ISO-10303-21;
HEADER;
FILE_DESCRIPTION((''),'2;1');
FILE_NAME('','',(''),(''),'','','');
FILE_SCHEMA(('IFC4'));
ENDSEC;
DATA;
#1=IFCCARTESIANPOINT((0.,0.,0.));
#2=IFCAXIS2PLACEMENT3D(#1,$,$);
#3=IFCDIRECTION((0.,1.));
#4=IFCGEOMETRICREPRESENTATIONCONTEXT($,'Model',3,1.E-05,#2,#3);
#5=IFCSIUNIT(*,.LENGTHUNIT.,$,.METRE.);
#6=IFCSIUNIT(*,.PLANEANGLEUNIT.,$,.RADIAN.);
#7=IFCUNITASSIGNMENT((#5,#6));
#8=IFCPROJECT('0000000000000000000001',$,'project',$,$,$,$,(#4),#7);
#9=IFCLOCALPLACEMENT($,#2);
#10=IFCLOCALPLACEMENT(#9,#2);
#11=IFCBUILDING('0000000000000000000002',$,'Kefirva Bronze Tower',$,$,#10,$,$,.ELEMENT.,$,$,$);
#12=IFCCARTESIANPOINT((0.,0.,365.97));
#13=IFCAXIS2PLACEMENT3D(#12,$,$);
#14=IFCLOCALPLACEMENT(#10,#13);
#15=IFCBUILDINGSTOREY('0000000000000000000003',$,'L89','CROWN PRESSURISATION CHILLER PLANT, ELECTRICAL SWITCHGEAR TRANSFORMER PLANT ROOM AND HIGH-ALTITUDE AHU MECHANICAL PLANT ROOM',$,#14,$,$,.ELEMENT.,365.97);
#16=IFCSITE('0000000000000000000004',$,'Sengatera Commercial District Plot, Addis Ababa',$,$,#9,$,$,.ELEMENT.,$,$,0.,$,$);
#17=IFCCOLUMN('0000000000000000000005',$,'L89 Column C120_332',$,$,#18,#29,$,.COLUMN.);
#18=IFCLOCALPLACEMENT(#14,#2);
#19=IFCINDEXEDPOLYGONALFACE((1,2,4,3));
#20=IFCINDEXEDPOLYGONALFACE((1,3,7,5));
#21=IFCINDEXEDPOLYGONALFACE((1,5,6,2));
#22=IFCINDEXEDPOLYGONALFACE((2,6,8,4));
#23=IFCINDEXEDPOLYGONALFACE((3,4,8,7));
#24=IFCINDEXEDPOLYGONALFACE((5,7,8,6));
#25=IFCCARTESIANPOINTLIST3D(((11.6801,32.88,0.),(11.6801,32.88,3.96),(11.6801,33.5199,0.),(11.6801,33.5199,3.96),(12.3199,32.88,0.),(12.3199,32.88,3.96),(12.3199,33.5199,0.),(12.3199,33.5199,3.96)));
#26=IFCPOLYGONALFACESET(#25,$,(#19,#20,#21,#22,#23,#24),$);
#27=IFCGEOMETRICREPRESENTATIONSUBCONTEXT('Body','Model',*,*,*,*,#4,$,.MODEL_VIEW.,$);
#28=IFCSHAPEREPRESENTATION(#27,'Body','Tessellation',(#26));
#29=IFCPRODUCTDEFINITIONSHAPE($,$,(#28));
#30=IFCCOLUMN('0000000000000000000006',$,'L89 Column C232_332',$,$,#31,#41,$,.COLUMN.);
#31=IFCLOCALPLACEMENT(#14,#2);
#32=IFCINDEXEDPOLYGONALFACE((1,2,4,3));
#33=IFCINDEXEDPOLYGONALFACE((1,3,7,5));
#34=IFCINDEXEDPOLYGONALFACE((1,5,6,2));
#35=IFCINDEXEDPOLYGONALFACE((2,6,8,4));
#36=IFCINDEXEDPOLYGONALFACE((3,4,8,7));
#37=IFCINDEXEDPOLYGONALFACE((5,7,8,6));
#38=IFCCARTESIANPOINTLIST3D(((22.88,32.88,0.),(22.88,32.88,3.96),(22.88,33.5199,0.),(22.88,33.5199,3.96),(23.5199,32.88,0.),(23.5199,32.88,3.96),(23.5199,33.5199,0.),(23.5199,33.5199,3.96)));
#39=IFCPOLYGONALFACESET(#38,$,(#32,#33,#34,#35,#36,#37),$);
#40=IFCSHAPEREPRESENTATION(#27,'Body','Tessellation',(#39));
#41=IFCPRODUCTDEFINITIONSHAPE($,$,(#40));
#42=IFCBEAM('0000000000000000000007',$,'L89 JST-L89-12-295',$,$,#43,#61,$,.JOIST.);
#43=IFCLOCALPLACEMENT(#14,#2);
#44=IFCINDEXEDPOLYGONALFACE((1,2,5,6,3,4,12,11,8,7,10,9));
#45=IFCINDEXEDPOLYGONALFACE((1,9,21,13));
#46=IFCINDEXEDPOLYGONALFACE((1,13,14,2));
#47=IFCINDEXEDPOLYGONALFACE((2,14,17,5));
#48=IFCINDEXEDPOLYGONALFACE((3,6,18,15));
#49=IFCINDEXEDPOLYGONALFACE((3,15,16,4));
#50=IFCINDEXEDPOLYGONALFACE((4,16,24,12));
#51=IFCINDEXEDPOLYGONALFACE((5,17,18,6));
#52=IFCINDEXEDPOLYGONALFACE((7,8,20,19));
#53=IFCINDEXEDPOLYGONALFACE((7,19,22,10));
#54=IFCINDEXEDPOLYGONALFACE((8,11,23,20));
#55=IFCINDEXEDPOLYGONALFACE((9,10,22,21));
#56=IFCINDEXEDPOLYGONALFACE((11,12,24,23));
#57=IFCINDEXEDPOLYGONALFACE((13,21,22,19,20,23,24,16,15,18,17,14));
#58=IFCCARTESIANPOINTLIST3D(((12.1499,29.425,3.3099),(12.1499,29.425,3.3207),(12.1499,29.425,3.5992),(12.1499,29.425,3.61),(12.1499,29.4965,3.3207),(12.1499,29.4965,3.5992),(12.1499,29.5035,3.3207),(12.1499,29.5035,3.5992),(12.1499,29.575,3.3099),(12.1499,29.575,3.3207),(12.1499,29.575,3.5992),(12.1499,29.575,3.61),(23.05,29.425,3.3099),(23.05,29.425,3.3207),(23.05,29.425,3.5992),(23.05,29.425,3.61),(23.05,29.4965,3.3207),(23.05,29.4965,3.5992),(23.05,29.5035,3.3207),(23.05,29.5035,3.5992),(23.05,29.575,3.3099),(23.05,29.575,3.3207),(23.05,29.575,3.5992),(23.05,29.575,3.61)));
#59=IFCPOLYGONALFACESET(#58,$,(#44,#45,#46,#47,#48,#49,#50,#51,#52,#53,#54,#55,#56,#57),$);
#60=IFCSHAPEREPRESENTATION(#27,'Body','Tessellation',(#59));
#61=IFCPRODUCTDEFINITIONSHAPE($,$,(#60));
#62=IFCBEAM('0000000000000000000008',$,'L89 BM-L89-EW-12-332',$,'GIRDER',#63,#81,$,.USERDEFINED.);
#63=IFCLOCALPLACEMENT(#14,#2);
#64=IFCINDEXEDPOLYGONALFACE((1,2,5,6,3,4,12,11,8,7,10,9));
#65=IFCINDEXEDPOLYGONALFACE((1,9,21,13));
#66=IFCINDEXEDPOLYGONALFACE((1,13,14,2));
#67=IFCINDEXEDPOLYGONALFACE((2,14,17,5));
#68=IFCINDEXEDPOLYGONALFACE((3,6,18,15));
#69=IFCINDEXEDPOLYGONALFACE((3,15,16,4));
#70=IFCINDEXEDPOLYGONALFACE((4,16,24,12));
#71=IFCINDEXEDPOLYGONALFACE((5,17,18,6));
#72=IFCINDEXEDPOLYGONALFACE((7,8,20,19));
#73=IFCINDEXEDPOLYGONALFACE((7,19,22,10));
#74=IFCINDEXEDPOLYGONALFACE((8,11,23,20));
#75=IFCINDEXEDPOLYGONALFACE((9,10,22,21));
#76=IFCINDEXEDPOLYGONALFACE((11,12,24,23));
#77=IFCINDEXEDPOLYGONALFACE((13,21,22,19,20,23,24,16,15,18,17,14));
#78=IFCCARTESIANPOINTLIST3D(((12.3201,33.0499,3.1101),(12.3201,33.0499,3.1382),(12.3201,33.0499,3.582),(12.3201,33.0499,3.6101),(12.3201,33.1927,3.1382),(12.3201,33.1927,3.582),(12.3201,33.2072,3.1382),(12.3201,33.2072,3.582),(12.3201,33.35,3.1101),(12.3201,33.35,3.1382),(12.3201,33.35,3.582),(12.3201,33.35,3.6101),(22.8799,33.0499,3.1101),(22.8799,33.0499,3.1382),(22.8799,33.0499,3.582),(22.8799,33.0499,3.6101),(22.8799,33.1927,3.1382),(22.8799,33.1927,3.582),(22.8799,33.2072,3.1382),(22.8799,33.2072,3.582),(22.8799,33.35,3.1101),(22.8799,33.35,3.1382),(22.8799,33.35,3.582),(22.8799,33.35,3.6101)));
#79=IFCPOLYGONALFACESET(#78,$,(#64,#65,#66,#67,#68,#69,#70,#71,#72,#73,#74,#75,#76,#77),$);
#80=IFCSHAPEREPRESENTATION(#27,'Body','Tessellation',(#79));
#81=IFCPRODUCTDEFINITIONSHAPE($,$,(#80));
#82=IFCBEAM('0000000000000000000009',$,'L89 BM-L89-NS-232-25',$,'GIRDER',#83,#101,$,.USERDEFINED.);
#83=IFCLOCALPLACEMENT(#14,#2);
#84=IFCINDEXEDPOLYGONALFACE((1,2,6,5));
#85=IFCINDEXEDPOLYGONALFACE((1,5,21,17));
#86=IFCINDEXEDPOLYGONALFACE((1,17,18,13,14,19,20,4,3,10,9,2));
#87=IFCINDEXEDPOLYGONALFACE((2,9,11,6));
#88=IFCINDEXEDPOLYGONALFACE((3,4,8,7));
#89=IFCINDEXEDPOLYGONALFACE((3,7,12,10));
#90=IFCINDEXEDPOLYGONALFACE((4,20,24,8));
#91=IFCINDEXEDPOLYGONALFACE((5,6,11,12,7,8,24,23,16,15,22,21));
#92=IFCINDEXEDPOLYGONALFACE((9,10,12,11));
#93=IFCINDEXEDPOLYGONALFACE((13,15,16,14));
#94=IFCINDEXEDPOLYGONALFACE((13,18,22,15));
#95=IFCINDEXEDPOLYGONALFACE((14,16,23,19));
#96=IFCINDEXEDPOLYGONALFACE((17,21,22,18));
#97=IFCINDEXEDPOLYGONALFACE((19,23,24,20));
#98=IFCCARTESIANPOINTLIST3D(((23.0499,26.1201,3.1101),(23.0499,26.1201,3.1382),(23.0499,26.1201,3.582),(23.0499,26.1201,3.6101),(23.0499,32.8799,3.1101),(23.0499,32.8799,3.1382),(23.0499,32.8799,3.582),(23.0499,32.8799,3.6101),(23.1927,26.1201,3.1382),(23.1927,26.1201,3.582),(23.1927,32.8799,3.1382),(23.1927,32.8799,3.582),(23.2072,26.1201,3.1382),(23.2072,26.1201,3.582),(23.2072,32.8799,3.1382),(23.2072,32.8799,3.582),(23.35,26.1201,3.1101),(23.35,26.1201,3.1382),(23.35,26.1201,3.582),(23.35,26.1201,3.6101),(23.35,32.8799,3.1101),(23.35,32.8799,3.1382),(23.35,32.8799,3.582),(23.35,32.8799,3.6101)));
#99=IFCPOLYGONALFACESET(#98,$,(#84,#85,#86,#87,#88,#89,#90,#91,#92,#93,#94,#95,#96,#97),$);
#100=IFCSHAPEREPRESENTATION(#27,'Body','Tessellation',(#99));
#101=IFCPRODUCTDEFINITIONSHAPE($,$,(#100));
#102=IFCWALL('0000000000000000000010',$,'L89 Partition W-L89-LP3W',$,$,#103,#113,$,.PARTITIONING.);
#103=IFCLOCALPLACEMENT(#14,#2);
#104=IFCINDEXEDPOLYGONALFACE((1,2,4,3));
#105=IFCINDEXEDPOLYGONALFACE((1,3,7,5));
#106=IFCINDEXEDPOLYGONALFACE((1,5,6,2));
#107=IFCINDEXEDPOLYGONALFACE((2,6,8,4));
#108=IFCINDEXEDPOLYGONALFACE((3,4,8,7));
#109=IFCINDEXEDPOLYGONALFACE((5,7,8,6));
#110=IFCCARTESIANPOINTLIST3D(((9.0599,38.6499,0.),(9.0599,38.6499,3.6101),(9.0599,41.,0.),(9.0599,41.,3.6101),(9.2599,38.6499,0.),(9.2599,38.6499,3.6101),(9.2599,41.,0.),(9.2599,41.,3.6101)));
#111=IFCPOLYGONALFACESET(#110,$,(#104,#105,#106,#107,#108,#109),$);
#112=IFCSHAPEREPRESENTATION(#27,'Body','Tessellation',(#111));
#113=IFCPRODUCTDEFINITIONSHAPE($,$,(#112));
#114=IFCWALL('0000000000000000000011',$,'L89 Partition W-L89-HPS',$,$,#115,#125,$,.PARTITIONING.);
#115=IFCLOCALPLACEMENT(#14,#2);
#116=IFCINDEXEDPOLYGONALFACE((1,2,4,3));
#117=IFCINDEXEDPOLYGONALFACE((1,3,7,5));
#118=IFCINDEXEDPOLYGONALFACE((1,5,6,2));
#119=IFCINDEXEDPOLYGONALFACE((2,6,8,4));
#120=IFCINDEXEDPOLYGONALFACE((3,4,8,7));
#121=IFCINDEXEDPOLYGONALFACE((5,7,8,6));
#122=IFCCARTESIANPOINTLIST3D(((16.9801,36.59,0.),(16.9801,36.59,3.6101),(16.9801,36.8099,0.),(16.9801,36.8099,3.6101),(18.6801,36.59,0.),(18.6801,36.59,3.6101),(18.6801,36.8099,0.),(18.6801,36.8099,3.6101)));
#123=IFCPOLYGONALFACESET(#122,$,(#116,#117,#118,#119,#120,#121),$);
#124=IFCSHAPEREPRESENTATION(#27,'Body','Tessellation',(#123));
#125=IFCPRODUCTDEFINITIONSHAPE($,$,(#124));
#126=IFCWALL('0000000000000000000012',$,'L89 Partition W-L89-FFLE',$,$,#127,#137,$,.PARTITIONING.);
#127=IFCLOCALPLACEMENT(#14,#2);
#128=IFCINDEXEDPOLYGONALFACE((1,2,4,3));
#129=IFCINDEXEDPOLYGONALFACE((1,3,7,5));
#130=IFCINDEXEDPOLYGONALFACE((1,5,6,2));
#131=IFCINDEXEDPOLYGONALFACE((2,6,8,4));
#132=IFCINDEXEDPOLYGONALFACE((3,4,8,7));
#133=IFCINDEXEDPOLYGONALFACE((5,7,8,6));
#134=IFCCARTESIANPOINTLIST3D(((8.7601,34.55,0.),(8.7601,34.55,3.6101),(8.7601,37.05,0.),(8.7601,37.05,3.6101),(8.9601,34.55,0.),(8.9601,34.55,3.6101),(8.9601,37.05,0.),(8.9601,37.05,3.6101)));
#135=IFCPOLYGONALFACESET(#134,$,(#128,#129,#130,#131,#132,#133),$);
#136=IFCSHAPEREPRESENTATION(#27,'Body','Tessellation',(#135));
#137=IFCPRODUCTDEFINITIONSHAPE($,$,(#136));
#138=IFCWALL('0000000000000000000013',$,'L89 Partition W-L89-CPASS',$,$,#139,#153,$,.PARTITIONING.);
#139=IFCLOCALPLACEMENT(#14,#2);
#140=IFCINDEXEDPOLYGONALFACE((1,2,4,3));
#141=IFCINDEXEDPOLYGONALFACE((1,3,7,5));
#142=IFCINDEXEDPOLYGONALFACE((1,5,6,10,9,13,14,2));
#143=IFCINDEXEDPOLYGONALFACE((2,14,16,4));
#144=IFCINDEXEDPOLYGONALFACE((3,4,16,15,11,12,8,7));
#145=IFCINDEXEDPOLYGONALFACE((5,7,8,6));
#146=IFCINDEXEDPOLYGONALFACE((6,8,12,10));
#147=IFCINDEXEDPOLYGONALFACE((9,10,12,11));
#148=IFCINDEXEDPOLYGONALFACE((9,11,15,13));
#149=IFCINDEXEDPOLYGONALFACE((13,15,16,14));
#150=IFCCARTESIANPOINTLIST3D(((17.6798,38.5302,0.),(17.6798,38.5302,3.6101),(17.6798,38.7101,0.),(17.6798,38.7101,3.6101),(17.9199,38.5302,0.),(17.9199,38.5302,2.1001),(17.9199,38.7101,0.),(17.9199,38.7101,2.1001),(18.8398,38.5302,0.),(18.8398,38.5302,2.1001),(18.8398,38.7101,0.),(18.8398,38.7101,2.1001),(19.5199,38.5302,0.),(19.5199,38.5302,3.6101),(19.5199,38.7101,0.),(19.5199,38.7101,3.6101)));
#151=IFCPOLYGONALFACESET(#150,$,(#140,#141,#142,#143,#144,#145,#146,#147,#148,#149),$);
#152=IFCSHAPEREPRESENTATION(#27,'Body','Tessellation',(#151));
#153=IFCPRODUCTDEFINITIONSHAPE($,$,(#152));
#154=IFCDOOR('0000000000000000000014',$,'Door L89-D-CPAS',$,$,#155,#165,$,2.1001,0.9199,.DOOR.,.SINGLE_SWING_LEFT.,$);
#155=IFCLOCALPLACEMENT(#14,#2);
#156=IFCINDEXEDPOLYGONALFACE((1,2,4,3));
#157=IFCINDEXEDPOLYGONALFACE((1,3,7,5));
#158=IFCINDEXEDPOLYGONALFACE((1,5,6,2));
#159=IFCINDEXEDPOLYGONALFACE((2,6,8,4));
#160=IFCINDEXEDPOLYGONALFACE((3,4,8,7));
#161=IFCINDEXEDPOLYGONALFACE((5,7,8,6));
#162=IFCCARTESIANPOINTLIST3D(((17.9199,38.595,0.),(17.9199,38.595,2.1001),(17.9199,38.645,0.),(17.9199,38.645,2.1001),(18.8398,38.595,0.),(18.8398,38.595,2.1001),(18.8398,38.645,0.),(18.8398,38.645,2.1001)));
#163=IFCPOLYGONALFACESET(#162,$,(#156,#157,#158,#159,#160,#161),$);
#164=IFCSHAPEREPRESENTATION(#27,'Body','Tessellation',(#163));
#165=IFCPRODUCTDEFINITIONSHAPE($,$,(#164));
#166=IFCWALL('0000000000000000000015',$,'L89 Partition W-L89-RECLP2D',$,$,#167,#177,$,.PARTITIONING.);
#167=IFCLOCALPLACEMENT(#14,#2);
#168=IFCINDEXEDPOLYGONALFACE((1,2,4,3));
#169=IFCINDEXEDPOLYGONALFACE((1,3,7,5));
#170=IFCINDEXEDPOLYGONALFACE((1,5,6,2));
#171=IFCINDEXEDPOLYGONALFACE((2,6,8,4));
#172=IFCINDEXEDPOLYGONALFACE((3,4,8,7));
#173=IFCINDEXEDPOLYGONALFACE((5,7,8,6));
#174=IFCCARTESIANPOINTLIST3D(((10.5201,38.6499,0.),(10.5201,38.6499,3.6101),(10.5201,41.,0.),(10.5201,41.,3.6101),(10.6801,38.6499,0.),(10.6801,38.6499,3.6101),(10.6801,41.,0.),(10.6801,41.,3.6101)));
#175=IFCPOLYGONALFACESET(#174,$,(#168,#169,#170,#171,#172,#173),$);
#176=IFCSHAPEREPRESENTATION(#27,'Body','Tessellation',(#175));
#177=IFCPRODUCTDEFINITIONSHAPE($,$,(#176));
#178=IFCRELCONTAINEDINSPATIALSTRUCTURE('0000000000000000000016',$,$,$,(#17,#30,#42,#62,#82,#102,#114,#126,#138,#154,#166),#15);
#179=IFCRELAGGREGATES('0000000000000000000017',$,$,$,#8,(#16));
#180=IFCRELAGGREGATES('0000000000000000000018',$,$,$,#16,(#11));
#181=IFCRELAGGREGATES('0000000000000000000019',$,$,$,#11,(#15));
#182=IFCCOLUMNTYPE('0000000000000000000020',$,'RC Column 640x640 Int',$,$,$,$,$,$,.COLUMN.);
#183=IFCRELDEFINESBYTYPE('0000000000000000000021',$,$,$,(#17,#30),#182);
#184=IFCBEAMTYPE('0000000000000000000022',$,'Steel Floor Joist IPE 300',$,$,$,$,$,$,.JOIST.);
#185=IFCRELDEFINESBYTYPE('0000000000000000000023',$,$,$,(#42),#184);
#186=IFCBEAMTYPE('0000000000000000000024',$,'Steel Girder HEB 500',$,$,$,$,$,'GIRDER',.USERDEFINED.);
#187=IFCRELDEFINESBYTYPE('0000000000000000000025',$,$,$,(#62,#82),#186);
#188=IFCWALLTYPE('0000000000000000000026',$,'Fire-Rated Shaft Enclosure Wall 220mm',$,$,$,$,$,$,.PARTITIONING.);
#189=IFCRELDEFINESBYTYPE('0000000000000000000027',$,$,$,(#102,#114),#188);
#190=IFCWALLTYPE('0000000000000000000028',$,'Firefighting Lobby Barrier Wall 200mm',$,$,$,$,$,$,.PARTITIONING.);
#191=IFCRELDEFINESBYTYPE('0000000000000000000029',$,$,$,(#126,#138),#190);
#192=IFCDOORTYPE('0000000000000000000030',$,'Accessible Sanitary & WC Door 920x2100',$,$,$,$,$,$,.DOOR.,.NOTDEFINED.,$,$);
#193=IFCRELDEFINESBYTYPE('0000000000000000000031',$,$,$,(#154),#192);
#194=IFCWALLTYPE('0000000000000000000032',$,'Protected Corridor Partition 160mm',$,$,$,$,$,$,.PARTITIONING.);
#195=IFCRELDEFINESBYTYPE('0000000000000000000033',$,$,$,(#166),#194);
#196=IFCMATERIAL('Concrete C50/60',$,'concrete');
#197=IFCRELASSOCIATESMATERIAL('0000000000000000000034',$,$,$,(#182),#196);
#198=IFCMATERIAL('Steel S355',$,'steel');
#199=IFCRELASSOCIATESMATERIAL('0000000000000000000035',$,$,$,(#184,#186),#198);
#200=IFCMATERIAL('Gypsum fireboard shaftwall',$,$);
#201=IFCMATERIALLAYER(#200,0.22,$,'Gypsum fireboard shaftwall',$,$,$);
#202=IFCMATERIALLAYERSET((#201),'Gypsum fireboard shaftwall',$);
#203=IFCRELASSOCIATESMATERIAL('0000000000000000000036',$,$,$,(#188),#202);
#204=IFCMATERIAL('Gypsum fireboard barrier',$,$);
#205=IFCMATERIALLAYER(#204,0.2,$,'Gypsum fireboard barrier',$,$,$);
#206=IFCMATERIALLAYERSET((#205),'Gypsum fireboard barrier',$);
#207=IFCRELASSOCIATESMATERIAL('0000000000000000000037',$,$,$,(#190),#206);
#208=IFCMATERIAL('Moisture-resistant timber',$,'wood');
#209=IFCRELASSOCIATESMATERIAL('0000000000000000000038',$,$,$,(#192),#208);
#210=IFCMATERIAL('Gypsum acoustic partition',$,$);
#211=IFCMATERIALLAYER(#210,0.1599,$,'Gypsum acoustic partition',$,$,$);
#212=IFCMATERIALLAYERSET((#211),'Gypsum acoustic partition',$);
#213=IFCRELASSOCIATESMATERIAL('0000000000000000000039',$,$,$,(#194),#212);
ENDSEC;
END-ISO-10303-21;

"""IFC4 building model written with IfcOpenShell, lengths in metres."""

from ifc_helpers import new_model, si_unit, direction, frame, frame_2d, origin, origin_2d, place, context, subcontext, project, spatial, rectangle, i_section, extrude, material, layer, layer_set, material_profile, profile_set, type_object, element, fill, save


model = new_model("IFC4")

# Units and contexts
model_context = context("Model", 3, precision=1e-05, world=origin(), true_north=direction((0.0, 1.0)))
body_context = subcontext(model_context, "Body", "Model", "MODEL_VIEW")
ifc_project = project(units=[si_unit("LENGTHUNIT", "METRE"), si_unit("PLANEANGLEUNIT", "RADIAN")], contexts=[model_context])

# Site, building, storey
site_placement = place(None, origin())
site = spatial("IfcSite", under=ifc_project, at=site_placement, Name="Sengatera Commercial District Plot, Addis Ababa", CompositionType="ELEMENT", RefElevation=0.0)
building_placement = place(site_placement, origin())
building = spatial("IfcBuilding", under=site, at=building_placement, Name="Kefirva Bronze Tower", CompositionType="ELEMENT")
storey_placement = place(building_placement, frame((0.0, 0.0, 365.97)))
storey = spatial("IfcBuildingStorey", under=building, at=storey_placement, Name="L89", Description="CROWN PRESSURISATION CHILLER PLANT, ELECTRICAL SWITCHGEAR TRANSFORMER PLANT ROOM AND HIGH-ALTITUDE AHU MECHANICAL PLANT ROOM", CompositionType="ELEMENT", Elevation=365.97)

# Columns
ifc_material_1 = material(Name="Concrete C50/60", Category="concrete")
ifc_material_profile_1 = material_profile(ifc_material_1, rectangle(XDim=0.6399, YDim=0.6399, at=origin_2d()), Name="RC 640x640")
ifc_profile_set_1 = profile_set([ifc_material_profile_1], Name="Concrete C50/60")
column_type = type_object("IfcColumnType", Name="RC Column 640x640 Int", PredefinedType="COLUMN", material=ifc_profile_set_1)
for number, where, z_axis, x_axis, name in (
    (1, (12.0, 33.2, 0.0), (0.0, 0.0, 1.0), (1.0, 0.0, 0.0), "L89 Column C120_332"),
    (2, (23.2, 33.2, 0.0), (0.0, 0.0, 1.0), (1.0, 0.0, 0.0), "L89 Column C232_332"),
):
    element("IfcColumn", number, at=place(storey_placement, frame(where, z_axis=z_axis, x_axis=x_axis)), inside=storey, type_object=column_type, Name=name, PredefinedType="COLUMN", context=body_context, shape_type="SweptSolid", body=[
        extrude(rectangle(XDim=0.6399, YDim=0.6399, at=origin_2d()), origin(), (0.0, 0.0, 1.0), 3.96),
    ])

# Beams
ifc_material_2 = material(Name="Steel S355", Category="steel")
ifc_material_profile_2 = material_profile(ifc_material_2, i_section(OverallWidth=0.1499, OverallDepth=0.3, WebThickness=0.0071, FlangeThickness=0.0107, at=origin_2d()), Name="IPE 300")
ifc_profile_set_2 = profile_set([ifc_material_profile_2], Name="Steel S355")
beam_type_1 = type_object("IfcBeamType", Name="Steel Floor Joist IPE 300", PredefinedType="JOIST", material=ifc_profile_set_2)
beam_1_placement = place(storey_placement, frame((12.1499, 29.5, 3.46), z_axis=(1.0, 0.0, 0.0), x_axis=(0.0, 1.0, 0.0)))
element("IfcBeam", 3, at=beam_1_placement, inside=storey, type_object=beam_type_1, Name="L89 JST-L89-12-295", PredefinedType="JOIST", context=body_context, shape_type="SweptSolid", body=[
    extrude(i_section(OverallWidth=0.1499, OverallDepth=0.3, WebThickness=0.0071, FlangeThickness=0.0107, at=origin_2d()), origin(), (0.0, 0.0, 1.0), 10.9001),
])
ifc_material_profile_3 = material_profile(ifc_material_2, i_section(OverallWidth=0.3, OverallDepth=0.5, WebThickness=0.0144, FlangeThickness=0.0281, at=origin_2d()), Name="HEB 500")
ifc_profile_set_3 = profile_set([ifc_material_profile_3], Name="Steel S355")
beam_type_2 = type_object("IfcBeamType", Name="Steel Girder HEB 500", ElementType="GIRDER", PredefinedType="USERDEFINED", material=ifc_profile_set_3)
beam_2_placement = place(storey_placement, frame((12.3201, 33.2, 3.3601), z_axis=(1.0, 0.0, 0.0), x_axis=(0.0, 1.0, 0.0)))
element("IfcBeam", 4, at=beam_2_placement, inside=storey, type_object=beam_type_2, Name="L89 BM-L89-EW-12-332", ObjectType="GIRDER", PredefinedType="USERDEFINED", context=body_context, shape_type="SweptSolid", body=[
    extrude(i_section(OverallWidth=0.3, OverallDepth=0.5, WebThickness=0.0144, FlangeThickness=0.0281, at=origin_2d()), origin(), (0.0, 0.0, 1.0), 10.5598),
])
beam_3_placement = place(storey_placement, frame((23.2, 26.1201, 3.3601), z_axis=(0.0, 1.0, 0.0), x_axis=(-1.0, 0.0, 0.0)))
element("IfcBeam", 5, at=beam_3_placement, inside=storey, type_object=beam_type_2, Name="L89 BM-L89-NS-232-25", ObjectType="GIRDER", PredefinedType="USERDEFINED", context=body_context, shape_type="SweptSolid", body=[
    extrude(i_section(OverallWidth=0.3, OverallDepth=0.5, WebThickness=0.0144, FlangeThickness=0.0281, at=origin_2d()), origin(), (0.0, 0.0, 1.0), 6.7598),
])

# Shared definitions
ifc_material_3 = material(Name="Gypsum acoustic partition")
ifc_material_4 = material(Name="Gypsum fireboard shaftwall")
ifc_layer_1 = layer(ifc_material_4, 0.22, Name="Gypsum fireboard shaftwall")
ifc_layer_set_1 = layer_set([ifc_layer_1], Name="Gypsum fireboard shaftwall")
wall_type_1 = type_object("IfcWallType", Name="Fire-Rated Shaft Enclosure Wall 220mm", PredefinedType="PARTITIONING", material=ifc_layer_set_1)

# Walls
wall_1_placement = place(storey_placement, frame((9.1599, 38.6499, 0.0), z_axis=(0.0, 0.0, 1.0), x_axis=(0.0, 1.0, 0.0)))
element("IfcWall", 6, at=wall_1_placement, inside=storey, type_object=wall_type_1, Name="L89 Partition W-L89-LP3W", PredefinedType="PARTITIONING", context=body_context, shape_type="SweptSolid", body=[
    extrude(rectangle(XDim=2.3501, YDim=0.2, at=frame_2d((1.175, 0.0))), origin(), (0.0, 0.0, 1.0), 3.6101),
])
wall_2_placement = place(storey_placement, frame((16.98, 36.7, 0.0), z_axis=(0.0, 0.0, 1.0), x_axis=(1.0, 0.0, 0.0)))
element("IfcWall", 7, at=wall_2_placement, inside=storey, type_object=wall_type_1, Name="L89 Partition W-L89-HPS", PredefinedType="PARTITIONING", context=body_context, shape_type="SweptSolid", body=[
    extrude(rectangle(XDim=1.7, YDim=0.22, at=frame_2d((0.8501, 0.0))), origin(), (0.0, 0.0, 1.0), 3.6101),
])
ifc_material_5 = material(Name="Gypsum fireboard barrier")
ifc_layer_2 = layer(ifc_material_5, 0.2, Name="Gypsum fireboard barrier")
ifc_layer_set_2 = layer_set([ifc_layer_2], Name="Gypsum fireboard barrier")
wall_type_2 = type_object("IfcWallType", Name="Firefighting Lobby Barrier Wall 200mm", PredefinedType="PARTITIONING", material=ifc_layer_set_2)
wall_3_placement = place(storey_placement, frame((8.8601, 34.55, 0.0), z_axis=(0.0, 0.0, 1.0), x_axis=(0.0, 1.0, 0.0)))
element("IfcWall", 8, at=wall_3_placement, inside=storey, type_object=wall_type_2, Name="L89 Partition W-L89-FFLE", PredefinedType="PARTITIONING", context=body_context, shape_type="SweptSolid", body=[
    extrude(rectangle(XDim=2.5, YDim=0.2, at=frame_2d((1.25, 0.0))), origin(), (0.0, 0.0, 1.0), 3.6101),
])

# Wall, opening, door
wall_4_placement = place(storey_placement, frame((17.6799, 38.6201, 0.0), z_axis=(0.0, 0.0, 1.0), x_axis=(1.0, 0.0, 0.0)))
wall_4 = element("IfcWall", 9, at=wall_4_placement, inside=storey, type_object=wall_type_2, Name="L89 Partition W-L89-CPASS", PredefinedType="PARTITIONING", context=body_context, shape_type="SweptSolid", body=[
    extrude(rectangle(XDim=1.8401, YDim=0.1799, at=frame_2d((0.9199, 0.0))), origin(), (0.0, 0.0, 1.0), 3.6101),
])
opening_1_placement = place(wall_4_placement, frame((0.24, 0.0, 0.0)))
opening_1 = element("IfcOpeningElement", 10, at=opening_1_placement, cuts=wall_4, PredefinedType="OPENING", context=body_context, shape_type="SweptSolid", body=[
    extrude(rectangle(XDim=0.9199, YDim=2.1001, at=frame_2d((0.46, 1.05))), frame((0.0, 0.1001, 0.0), z_axis=(0.0, -1.0, 0.0), x_axis=(1.0, 0.0, 0.0)), (0.0, 0.0, 1.0), 0.2),
])
ifc_material_6 = material(Name="Moisture-resistant timber", Category="wood")
door_type_1 = type_object("IfcDoorType", Name="Accessible Sanitary & WC Door 920x2100", OperationType="NOTDEFINED", PredefinedType="DOOR", material=ifc_material_6)
door_1_placement = place(opening_1_placement, origin())
door_1 = element("IfcDoor", 11, at=door_1_placement, inside=storey, type_object=door_type_1, Name="Door L89-D-CPAS", OperationType="SINGLE_SWING_LEFT", OverallHeight=2.1001, OverallWidth=0.9199, PredefinedType="DOOR", context=body_context, shape_type="SweptSolid", body=[
    extrude(rectangle(XDim=0.9199, YDim=2.1001, at=frame_2d((0.46, 1.05))), frame((0.0, 0.0249, 0.0), z_axis=(0.0, -1.0, 0.0), x_axis=(1.0, 0.0, 0.0)), (0.0, 0.0, 1.0), 0.05),
])
fill(opening_1, door_1)
ifc_layer_3 = layer(ifc_material_3, 0.1599, Name="Gypsum acoustic partition")
ifc_layer_set_3 = layer_set([ifc_layer_3], Name="Gypsum acoustic partition")
wall_type_3 = type_object("IfcWallType", Name="Protected Corridor Partition 160mm", PredefinedType="PARTITIONING", material=ifc_layer_set_3)

# Wall
wall_5_placement = place(storey_placement, frame((10.6001, 38.6499, 0.0), z_axis=(0.0, 0.0, 1.0), x_axis=(0.0, 1.0, 0.0)))
element("IfcWall", 12, at=wall_5_placement, inside=storey, type_object=wall_type_3, Name="L89 Partition W-L89-RECLP2D", PredefinedType="PARTITIONING", context=body_context, shape_type="SweptSolid", body=[
    extrude(rectangle(XDim=2.3501, YDim=0.1599, at=frame_2d((1.175, 0.0))), origin(), (0.0, 0.0, 1.0), 3.6101),
])

save(model, "model.ifc")
